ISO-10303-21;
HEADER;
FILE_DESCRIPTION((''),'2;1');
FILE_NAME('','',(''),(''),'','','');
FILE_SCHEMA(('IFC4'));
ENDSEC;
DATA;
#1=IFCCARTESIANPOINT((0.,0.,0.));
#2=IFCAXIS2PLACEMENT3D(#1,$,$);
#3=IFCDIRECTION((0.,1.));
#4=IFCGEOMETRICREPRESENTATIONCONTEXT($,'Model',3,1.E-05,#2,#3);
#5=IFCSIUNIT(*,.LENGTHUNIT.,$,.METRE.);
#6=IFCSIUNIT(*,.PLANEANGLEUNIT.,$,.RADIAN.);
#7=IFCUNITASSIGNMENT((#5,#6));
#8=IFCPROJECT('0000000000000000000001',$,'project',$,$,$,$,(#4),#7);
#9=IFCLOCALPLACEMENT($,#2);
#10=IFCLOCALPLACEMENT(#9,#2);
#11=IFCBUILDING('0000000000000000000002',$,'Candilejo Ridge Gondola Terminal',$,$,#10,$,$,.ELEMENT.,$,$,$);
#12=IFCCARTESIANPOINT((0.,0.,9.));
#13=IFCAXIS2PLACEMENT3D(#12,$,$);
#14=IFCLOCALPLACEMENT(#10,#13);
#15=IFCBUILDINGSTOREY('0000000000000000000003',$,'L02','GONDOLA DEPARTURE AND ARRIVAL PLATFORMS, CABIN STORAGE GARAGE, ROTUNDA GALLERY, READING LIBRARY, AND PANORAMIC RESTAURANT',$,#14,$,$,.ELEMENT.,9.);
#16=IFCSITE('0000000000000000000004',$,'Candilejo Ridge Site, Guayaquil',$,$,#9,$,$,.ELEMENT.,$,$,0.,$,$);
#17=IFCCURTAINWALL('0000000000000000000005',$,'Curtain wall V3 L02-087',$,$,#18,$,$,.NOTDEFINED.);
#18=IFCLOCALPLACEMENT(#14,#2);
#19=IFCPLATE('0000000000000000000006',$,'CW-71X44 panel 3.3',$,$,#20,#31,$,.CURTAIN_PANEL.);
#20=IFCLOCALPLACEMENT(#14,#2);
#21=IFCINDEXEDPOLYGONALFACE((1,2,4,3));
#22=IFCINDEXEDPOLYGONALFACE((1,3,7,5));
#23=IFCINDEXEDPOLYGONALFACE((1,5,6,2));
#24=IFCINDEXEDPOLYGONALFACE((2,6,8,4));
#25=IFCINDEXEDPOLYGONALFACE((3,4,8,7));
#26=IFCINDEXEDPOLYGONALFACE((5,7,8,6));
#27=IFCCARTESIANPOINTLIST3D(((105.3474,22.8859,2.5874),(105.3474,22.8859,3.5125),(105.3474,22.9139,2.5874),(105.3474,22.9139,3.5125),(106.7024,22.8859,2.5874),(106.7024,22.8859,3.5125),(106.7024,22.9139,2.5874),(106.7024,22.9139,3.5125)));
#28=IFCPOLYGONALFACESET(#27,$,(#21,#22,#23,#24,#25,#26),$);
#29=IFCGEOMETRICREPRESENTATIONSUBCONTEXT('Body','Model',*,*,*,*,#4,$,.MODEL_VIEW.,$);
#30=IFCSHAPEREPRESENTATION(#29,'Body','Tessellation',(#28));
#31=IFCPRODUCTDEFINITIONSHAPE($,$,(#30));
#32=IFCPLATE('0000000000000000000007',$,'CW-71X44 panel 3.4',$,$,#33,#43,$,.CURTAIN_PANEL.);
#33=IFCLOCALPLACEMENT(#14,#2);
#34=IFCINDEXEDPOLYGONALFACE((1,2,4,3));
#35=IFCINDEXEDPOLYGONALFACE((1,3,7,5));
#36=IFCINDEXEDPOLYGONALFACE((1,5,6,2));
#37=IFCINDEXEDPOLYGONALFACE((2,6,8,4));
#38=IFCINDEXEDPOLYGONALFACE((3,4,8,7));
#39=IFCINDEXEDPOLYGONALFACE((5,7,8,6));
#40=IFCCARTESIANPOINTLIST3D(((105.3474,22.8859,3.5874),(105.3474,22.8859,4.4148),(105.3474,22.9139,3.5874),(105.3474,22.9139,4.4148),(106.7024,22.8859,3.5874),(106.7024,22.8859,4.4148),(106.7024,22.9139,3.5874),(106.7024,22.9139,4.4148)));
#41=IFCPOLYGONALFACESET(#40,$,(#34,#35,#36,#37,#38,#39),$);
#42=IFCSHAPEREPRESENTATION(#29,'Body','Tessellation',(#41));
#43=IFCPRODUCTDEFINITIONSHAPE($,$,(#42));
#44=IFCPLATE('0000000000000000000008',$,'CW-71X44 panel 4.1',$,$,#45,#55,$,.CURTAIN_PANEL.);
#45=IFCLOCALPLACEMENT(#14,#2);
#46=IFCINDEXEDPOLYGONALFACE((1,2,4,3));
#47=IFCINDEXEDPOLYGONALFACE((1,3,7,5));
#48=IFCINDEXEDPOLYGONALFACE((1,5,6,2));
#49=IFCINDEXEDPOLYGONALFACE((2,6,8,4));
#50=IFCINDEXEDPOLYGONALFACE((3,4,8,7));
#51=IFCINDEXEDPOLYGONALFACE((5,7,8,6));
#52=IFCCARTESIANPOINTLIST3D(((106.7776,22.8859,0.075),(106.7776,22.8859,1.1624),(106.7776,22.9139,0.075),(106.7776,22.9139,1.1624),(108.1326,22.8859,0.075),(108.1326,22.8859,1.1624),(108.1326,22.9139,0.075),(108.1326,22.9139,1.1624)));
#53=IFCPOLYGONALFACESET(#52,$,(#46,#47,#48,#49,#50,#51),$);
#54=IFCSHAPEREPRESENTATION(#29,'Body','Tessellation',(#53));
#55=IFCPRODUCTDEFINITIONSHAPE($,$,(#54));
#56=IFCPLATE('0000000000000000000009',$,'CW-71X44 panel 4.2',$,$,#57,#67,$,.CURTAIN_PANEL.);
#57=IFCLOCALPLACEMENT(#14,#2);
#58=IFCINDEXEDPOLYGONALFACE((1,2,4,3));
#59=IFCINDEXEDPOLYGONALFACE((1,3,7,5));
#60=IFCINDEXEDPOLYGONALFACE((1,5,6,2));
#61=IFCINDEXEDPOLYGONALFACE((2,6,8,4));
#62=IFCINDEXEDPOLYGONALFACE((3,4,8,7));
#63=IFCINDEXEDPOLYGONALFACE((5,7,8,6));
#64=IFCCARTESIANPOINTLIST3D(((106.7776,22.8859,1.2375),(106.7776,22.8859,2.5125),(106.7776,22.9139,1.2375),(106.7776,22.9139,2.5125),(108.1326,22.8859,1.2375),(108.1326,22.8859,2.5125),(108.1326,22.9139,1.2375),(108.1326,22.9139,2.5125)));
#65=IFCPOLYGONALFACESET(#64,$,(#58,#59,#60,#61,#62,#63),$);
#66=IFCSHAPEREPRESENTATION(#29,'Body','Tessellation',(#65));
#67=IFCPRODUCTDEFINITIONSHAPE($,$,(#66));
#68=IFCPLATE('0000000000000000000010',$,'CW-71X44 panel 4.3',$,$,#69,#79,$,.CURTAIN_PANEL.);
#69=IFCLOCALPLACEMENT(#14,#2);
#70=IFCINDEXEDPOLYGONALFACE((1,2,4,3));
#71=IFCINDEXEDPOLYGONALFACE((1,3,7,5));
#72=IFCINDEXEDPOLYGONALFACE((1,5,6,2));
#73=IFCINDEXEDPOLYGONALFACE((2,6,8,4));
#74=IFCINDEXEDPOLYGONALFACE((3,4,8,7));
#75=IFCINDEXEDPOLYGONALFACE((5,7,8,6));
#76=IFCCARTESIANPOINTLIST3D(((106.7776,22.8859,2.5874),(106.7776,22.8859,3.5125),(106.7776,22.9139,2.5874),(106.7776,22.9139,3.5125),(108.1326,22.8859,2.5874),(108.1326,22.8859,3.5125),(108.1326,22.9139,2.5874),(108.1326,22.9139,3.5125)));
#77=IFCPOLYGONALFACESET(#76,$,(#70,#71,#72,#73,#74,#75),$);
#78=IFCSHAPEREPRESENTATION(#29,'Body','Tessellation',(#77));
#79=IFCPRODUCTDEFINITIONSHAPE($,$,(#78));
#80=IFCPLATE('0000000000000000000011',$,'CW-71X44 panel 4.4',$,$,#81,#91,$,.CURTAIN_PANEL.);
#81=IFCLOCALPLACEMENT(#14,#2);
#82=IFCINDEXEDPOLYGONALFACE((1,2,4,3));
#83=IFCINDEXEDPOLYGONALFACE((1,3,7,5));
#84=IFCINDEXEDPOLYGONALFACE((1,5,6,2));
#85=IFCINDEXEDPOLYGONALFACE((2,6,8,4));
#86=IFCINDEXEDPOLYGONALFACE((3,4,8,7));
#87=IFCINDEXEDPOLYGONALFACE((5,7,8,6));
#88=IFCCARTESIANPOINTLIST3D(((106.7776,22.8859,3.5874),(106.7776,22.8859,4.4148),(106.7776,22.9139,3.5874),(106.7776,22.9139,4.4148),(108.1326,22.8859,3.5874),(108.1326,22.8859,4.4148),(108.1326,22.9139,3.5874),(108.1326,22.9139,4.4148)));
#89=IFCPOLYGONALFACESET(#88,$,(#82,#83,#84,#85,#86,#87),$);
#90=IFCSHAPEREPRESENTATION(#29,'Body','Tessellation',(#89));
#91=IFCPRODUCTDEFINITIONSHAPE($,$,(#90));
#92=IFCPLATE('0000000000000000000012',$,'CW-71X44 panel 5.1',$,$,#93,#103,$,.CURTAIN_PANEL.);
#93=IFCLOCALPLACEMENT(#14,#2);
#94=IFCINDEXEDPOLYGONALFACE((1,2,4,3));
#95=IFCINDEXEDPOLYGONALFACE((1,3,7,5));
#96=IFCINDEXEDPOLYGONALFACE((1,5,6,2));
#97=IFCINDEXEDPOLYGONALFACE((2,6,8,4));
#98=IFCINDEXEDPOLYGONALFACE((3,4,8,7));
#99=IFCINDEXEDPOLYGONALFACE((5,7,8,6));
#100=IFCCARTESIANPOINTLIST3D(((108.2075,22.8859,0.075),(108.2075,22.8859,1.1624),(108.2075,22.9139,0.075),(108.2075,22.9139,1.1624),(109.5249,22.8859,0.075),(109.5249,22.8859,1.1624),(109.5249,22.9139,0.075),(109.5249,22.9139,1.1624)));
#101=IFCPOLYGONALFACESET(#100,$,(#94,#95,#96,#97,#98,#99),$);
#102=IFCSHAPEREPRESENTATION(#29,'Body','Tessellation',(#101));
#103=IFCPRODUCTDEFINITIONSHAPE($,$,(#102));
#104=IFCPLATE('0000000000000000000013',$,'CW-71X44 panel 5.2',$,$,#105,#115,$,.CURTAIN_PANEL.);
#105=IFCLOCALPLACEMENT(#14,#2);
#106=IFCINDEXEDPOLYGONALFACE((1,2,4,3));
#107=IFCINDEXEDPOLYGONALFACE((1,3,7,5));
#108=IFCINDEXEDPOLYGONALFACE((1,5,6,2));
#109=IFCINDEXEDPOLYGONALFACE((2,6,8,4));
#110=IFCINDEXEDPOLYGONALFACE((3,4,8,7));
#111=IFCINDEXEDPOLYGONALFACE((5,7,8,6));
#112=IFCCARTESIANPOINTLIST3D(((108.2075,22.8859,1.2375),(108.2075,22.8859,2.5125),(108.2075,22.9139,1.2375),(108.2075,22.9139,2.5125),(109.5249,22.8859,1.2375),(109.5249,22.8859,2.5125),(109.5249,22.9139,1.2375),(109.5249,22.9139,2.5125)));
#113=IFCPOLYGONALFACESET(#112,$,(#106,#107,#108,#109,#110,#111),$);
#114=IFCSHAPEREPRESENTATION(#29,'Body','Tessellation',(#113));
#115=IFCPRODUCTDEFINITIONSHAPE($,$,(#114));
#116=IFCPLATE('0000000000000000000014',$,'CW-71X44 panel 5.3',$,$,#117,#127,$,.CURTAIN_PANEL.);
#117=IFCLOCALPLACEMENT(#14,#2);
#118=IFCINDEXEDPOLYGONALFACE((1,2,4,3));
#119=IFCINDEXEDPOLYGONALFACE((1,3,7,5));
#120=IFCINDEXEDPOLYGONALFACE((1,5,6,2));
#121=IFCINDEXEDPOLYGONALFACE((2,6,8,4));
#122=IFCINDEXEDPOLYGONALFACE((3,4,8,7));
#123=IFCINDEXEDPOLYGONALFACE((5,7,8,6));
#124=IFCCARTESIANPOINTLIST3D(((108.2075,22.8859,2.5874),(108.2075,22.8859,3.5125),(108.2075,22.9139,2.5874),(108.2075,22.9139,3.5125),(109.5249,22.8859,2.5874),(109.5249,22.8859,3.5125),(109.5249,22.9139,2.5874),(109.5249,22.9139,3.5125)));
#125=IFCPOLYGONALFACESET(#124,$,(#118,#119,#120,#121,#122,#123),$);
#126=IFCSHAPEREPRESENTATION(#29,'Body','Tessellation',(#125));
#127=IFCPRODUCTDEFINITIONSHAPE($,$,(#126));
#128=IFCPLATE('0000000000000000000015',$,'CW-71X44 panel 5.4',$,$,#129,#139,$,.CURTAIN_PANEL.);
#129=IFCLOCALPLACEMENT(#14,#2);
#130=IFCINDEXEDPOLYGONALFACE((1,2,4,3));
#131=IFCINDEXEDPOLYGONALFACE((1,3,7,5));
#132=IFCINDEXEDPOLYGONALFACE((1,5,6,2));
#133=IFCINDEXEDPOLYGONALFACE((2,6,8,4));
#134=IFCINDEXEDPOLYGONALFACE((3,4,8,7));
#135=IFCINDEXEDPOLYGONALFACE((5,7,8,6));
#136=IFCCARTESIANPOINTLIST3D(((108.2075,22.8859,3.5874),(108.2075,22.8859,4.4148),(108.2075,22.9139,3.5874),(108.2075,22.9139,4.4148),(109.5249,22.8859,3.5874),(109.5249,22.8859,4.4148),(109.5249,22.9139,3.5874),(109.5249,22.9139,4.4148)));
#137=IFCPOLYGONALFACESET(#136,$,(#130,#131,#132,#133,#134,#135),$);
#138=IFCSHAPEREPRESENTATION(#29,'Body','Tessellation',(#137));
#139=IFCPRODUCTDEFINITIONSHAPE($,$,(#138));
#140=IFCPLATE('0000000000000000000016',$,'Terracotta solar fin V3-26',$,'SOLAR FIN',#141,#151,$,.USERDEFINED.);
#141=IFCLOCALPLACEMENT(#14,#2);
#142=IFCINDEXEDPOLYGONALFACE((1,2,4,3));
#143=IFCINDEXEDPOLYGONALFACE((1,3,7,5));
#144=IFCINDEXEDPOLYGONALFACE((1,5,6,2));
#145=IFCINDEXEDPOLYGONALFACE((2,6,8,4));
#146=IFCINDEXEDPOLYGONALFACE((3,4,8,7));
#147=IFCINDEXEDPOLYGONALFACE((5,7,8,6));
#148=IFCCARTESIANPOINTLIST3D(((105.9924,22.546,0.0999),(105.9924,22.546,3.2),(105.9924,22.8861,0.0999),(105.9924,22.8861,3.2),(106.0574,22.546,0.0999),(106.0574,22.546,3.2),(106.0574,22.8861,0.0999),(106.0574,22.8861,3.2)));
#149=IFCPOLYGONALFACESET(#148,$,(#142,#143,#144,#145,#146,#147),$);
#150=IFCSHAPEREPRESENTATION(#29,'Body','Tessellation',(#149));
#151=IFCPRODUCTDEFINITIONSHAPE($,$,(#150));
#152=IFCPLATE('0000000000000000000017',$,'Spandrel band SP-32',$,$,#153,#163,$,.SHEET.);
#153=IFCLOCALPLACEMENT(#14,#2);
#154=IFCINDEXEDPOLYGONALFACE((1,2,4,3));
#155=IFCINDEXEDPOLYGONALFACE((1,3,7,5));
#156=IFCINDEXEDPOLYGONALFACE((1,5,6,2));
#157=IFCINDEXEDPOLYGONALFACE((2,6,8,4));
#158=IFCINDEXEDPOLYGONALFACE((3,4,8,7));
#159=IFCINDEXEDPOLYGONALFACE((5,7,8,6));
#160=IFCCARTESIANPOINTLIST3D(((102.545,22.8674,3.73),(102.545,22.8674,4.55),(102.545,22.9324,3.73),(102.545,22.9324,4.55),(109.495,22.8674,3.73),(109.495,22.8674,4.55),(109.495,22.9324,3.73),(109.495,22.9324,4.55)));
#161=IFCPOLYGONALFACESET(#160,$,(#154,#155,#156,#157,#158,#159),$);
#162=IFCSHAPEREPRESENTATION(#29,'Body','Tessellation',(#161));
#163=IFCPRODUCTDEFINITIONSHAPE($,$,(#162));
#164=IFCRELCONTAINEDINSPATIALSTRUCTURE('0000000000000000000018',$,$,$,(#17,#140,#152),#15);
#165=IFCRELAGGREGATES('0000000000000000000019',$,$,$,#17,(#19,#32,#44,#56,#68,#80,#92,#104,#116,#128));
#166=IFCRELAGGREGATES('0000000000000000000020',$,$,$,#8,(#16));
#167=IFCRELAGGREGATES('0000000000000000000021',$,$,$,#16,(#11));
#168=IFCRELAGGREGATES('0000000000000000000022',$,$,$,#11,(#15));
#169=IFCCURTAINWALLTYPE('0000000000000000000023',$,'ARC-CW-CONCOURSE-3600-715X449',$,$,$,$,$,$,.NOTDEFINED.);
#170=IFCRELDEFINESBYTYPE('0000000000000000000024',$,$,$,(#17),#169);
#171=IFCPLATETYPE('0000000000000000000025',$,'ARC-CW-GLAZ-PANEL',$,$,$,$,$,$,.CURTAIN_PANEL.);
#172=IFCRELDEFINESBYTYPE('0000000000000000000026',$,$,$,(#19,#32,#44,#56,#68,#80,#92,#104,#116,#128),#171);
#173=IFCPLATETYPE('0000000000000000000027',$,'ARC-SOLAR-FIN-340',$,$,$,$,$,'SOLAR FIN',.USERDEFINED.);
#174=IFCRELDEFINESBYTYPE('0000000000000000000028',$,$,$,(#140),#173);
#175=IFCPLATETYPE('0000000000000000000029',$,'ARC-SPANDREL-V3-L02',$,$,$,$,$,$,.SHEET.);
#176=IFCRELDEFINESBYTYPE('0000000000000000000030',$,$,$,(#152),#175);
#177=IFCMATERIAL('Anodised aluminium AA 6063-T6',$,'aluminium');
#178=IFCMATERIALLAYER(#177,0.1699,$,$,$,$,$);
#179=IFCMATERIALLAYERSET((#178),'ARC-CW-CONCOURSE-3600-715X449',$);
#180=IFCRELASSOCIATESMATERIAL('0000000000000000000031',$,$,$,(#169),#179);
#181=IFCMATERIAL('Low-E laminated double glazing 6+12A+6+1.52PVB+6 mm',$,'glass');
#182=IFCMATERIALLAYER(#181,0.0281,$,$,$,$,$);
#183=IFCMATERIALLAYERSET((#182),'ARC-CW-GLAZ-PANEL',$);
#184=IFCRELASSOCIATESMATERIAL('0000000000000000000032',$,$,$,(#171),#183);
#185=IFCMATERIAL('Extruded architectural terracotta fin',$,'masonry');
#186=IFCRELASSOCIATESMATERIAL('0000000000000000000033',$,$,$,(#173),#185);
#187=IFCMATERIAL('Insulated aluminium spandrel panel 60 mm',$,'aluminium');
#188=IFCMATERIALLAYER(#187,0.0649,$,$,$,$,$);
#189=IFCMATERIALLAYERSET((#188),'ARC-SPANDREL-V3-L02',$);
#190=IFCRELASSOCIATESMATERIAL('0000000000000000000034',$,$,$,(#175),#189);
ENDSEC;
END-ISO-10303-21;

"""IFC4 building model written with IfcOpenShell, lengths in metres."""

from ifc_helpers import new_model, si_unit, direction, frame, origin, origin_2d, place, context, subcontext, project, spatial, rectangle, extrude, material, layer, layer_set, type_object, element, aggregate, save


model = new_model("IFC4")

# Units and contexts
model_context = context("Model", 3, precision=1e-05, world=origin(), true_north=direction((0.0, 1.0)))
body_context = subcontext(model_context, "Body", "Model", "MODEL_VIEW")
ifc_project = project(units=[si_unit("LENGTHUNIT", "METRE"), si_unit("PLANEANGLEUNIT", "RADIAN")], contexts=[model_context])

# Site, building, storey
site_placement = place(None, origin())
site = spatial("IfcSite", under=ifc_project, at=site_placement, Name="Candilejo Ridge Site, Guayaquil", CompositionType="ELEMENT", RefElevation=0.0)
building_placement = place(site_placement, origin())
building = spatial("IfcBuilding", under=site, at=building_placement, Name="Candilejo Ridge Gondola Terminal", CompositionType="ELEMENT")
storey_placement = place(building_placement, frame((0.0, 0.0, 9.0)))
storey = spatial("IfcBuildingStorey", under=building, at=storey_placement, Name="L02", Description="GONDOLA DEPARTURE AND ARRIVAL PLATFORMS, CABIN STORAGE GARAGE, ROTUNDA GALLERY, READING LIBRARY, AND PANORAMIC RESTAURANT", CompositionType="ELEMENT", Elevation=9.0)

# Curtain wall, plates
ifc_material_1 = material(Name="Anodised aluminium AA 6063-T6", Category="aluminium")
ifc_layer_1 = layer(ifc_material_1, 0.1699)
ifc_layer_set_1 = layer_set([ifc_layer_1], Name="ARC-CW-CONCOURSE-3600-715X449")
curtain_wall_type = type_object("IfcCurtainWallType", Name="ARC-CW-CONCOURSE-3600-715X449", PredefinedType="NOTDEFINED", material=ifc_layer_set_1)
curtain_wall_placement = place(storey_placement, origin())
curtain_wall = element("IfcCurtainWall", 1, at=curtain_wall_placement, inside=storey, type_object=curtain_wall_type, Name="Curtain wall V3 L02-087", PredefinedType="NOTDEFINED")
ifc_material_2 = material(Name="Low-E laminated double glazing 6+12A+6+1.52PVB+6 mm", Category="glass")
ifc_layer_2 = layer(ifc_material_2, 0.0281)
ifc_layer_set_2 = layer_set([ifc_layer_2], Name="ARC-CW-GLAZ-PANEL")
plate_type_1 = type_object("IfcPlateType", Name="ARC-CW-GLAZ-PANEL", PredefinedType="CURTAIN_PANEL", material=ifc_layer_set_2)
plate_1_placement = place(storey_placement, frame((106.0249, 22.8999, 2.5874), z_axis=(0.0, 0.0, 1.0), x_axis=(1.0, 0.0, 0.0)))
plate_1 = element("IfcPlate", 2, at=plate_1_placement, type_object=plate_type_1, Name="CW-71X44 panel 3.3", PredefinedType="CURTAIN_PANEL", context=body_context, shape_type="SweptSolid", body=[
    extrude(rectangle(XDim=1.355, YDim=0.0281, at=origin_2d()), origin(), (0.0, 0.0, 1.0), 0.925),
])
plate_2_placement = place(storey_placement, frame((106.0249, 22.8999, 3.5874), z_axis=(0.0, 0.0, 1.0), x_axis=(1.0, 0.0, 0.0)))
plate_2 = element("IfcPlate", 3, at=plate_2_placement, type_object=plate_type_1, Name="CW-71X44 panel 3.4", PredefinedType="CURTAIN_PANEL", context=body_context, shape_type="SweptSolid", body=[
    extrude(rectangle(XDim=1.355, YDim=0.0281, at=origin_2d()), origin(), (0.0, 0.0, 1.0), 0.8274),
])
plate_3_placement = place(storey_placement, frame((107.4551, 22.8999, 0.075), z_axis=(0.0, 0.0, 1.0), x_axis=(1.0, 0.0, 0.0)))
plate_3 = element("IfcPlate", 4, at=plate_3_placement, type_object=plate_type_1, Name="CW-71X44 panel 4.1", PredefinedType="CURTAIN_PANEL", context=body_context, shape_type="SweptSolid", body=[
    extrude(rectangle(XDim=1.355, YDim=0.0281, at=origin_2d()), origin(), (0.0, 0.0, 1.0), 1.0874),
])
plate_4_placement = place(storey_placement, frame((107.4551, 22.8999, 1.2375), z_axis=(0.0, 0.0, 1.0), x_axis=(1.0, 0.0, 0.0)))
plate_4 = element("IfcPlate", 5, at=plate_4_placement, type_object=plate_type_1, Name="CW-71X44 panel 4.2", PredefinedType="CURTAIN_PANEL", context=body_context, shape_type="SweptSolid", body=[
    extrude(rectangle(XDim=1.355, YDim=0.0281, at=origin_2d()), origin(), (0.0, 0.0, 1.0), 1.2749),
])
plate_5_placement = place(storey_placement, frame((107.4551, 22.8999, 2.5874), z_axis=(0.0, 0.0, 1.0), x_axis=(1.0, 0.0, 0.0)))
plate_5 = element("IfcPlate", 6, at=plate_5_placement, type_object=plate_type_1, Name="CW-71X44 panel 4.3", PredefinedType="CURTAIN_PANEL", context=body_context, shape_type="SweptSolid", body=[
    extrude(rectangle(XDim=1.355, YDim=0.0281, at=origin_2d()), origin(), (0.0, 0.0, 1.0), 0.925),
])
plate_6_placement = place(storey_placement, frame((107.4551, 22.8999, 3.5874), z_axis=(0.0, 0.0, 1.0), x_axis=(1.0, 0.0, 0.0)))
plate_6 = element("IfcPlate", 7, at=plate_6_placement, type_object=plate_type_1, Name="CW-71X44 panel 4.4", PredefinedType="CURTAIN_PANEL", context=body_context, shape_type="SweptSolid", body=[
    extrude(rectangle(XDim=1.355, YDim=0.0281, at=origin_2d()), origin(), (0.0, 0.0, 1.0), 0.8274),
])
plate_7_placement = place(storey_placement, frame((108.8662, 22.8999, 0.075), z_axis=(0.0, 0.0, 1.0), x_axis=(1.0, 0.0, 0.0)))
plate_7 = element("IfcPlate", 8, at=plate_7_placement, type_object=plate_type_1, Name="CW-71X44 panel 5.1", PredefinedType="CURTAIN_PANEL", context=body_context, shape_type="SweptSolid", body=[
    extrude(rectangle(XDim=1.3174, YDim=0.0281, at=origin_2d()), origin(), (0.0, 0.0, 1.0), 1.0874),
])
plate_8_placement = place(storey_placement, frame((108.8662, 22.8999, 1.2375), z_axis=(0.0, 0.0, 1.0), x_axis=(1.0, 0.0, 0.0)))
plate_8 = element("IfcPlate", 9, at=plate_8_placement, type_object=plate_type_1, Name="CW-71X44 panel 5.2", PredefinedType="CURTAIN_PANEL", context=body_context, shape_type="SweptSolid", body=[
    extrude(rectangle(XDim=1.3174, YDim=0.0281, at=origin_2d()), origin(), (0.0, 0.0, 1.0), 1.2749),
])
plate_9_placement = place(storey_placement, frame((108.8662, 22.8999, 2.5874), z_axis=(0.0, 0.0, 1.0), x_axis=(1.0, 0.0, 0.0)))
plate_9 = element("IfcPlate", 10, at=plate_9_placement, type_object=plate_type_1, Name="CW-71X44 panel 5.3", PredefinedType="CURTAIN_PANEL", context=body_context, shape_type="SweptSolid", body=[
    extrude(rectangle(XDim=1.3174, YDim=0.0281, at=origin_2d()), origin(), (0.0, 0.0, 1.0), 0.925),
])
plate_10_placement = place(storey_placement, frame((108.8662, 22.8999, 3.5874), z_axis=(0.0, 0.0, 1.0), x_axis=(1.0, 0.0, 0.0)))
plate_10 = element("IfcPlate", 11, at=plate_10_placement, type_object=plate_type_1, Name="CW-71X44 panel 5.4", PredefinedType="CURTAIN_PANEL", context=body_context, shape_type="SweptSolid", body=[
    extrude(rectangle(XDim=1.3174, YDim=0.0281, at=origin_2d()), origin(), (0.0, 0.0, 1.0), 0.8274),
])
aggregate(curtain_wall, [plate_1, plate_2, plate_3, plate_4, plate_5, plate_6, plate_7, plate_8, plate_9, plate_10])

# Plates
ifc_material_3 = material(Name="Extruded architectural terracotta fin", Category="masonry")
plate_type_2 = type_object("IfcPlateType", Name="ARC-SOLAR-FIN-340", ElementType="SOLAR FIN", PredefinedType="USERDEFINED", material=ifc_material_3)
plate_11_placement = place(storey_placement, frame((106.0249, 22.7161, 0.0999), z_axis=(0.0, 0.0, 1.0), x_axis=(1.0, 0.0, 0.0)))
element("IfcPlate", 12, at=plate_11_placement, inside=storey, type_object=plate_type_2, Name="Terracotta solar fin V3-26", ObjectType="SOLAR FIN", PredefinedType="USERDEFINED", context=body_context, shape_type="SweptSolid", body=[
    extrude(rectangle(XDim=0.0649, YDim=0.3401, at=origin_2d()), origin(), (0.0, 0.0, 1.0), 3.1001),
])
ifc_material_4 = material(Name="Insulated aluminium spandrel panel 60 mm", Category="aluminium")
ifc_layer_3 = layer(ifc_material_4, 0.0649)
ifc_layer_set_3 = layer_set([ifc_layer_3], Name="ARC-SPANDREL-V3-L02")
plate_type_3 = type_object("IfcPlateType", Name="ARC-SPANDREL-V3-L02", PredefinedType="SHEET", material=ifc_layer_set_3)
plate_12_placement = place(storey_placement, frame((106.02, 22.8999, 3.73), z_axis=(0.0, 0.0, 1.0), x_axis=(1.0, 0.0, 0.0)))
element("IfcPlate", 13, at=plate_12_placement, inside=storey, type_object=plate_type_3, Name="Spandrel band SP-32", PredefinedType="SHEET", context=body_context, shape_type="SweptSolid", body=[
    extrude(rectangle(XDim=6.95, YDim=0.0649, at=origin_2d()), origin(), (0.0, 0.0, 1.0), 0.8201),
])

save(model, "model.ifc")
